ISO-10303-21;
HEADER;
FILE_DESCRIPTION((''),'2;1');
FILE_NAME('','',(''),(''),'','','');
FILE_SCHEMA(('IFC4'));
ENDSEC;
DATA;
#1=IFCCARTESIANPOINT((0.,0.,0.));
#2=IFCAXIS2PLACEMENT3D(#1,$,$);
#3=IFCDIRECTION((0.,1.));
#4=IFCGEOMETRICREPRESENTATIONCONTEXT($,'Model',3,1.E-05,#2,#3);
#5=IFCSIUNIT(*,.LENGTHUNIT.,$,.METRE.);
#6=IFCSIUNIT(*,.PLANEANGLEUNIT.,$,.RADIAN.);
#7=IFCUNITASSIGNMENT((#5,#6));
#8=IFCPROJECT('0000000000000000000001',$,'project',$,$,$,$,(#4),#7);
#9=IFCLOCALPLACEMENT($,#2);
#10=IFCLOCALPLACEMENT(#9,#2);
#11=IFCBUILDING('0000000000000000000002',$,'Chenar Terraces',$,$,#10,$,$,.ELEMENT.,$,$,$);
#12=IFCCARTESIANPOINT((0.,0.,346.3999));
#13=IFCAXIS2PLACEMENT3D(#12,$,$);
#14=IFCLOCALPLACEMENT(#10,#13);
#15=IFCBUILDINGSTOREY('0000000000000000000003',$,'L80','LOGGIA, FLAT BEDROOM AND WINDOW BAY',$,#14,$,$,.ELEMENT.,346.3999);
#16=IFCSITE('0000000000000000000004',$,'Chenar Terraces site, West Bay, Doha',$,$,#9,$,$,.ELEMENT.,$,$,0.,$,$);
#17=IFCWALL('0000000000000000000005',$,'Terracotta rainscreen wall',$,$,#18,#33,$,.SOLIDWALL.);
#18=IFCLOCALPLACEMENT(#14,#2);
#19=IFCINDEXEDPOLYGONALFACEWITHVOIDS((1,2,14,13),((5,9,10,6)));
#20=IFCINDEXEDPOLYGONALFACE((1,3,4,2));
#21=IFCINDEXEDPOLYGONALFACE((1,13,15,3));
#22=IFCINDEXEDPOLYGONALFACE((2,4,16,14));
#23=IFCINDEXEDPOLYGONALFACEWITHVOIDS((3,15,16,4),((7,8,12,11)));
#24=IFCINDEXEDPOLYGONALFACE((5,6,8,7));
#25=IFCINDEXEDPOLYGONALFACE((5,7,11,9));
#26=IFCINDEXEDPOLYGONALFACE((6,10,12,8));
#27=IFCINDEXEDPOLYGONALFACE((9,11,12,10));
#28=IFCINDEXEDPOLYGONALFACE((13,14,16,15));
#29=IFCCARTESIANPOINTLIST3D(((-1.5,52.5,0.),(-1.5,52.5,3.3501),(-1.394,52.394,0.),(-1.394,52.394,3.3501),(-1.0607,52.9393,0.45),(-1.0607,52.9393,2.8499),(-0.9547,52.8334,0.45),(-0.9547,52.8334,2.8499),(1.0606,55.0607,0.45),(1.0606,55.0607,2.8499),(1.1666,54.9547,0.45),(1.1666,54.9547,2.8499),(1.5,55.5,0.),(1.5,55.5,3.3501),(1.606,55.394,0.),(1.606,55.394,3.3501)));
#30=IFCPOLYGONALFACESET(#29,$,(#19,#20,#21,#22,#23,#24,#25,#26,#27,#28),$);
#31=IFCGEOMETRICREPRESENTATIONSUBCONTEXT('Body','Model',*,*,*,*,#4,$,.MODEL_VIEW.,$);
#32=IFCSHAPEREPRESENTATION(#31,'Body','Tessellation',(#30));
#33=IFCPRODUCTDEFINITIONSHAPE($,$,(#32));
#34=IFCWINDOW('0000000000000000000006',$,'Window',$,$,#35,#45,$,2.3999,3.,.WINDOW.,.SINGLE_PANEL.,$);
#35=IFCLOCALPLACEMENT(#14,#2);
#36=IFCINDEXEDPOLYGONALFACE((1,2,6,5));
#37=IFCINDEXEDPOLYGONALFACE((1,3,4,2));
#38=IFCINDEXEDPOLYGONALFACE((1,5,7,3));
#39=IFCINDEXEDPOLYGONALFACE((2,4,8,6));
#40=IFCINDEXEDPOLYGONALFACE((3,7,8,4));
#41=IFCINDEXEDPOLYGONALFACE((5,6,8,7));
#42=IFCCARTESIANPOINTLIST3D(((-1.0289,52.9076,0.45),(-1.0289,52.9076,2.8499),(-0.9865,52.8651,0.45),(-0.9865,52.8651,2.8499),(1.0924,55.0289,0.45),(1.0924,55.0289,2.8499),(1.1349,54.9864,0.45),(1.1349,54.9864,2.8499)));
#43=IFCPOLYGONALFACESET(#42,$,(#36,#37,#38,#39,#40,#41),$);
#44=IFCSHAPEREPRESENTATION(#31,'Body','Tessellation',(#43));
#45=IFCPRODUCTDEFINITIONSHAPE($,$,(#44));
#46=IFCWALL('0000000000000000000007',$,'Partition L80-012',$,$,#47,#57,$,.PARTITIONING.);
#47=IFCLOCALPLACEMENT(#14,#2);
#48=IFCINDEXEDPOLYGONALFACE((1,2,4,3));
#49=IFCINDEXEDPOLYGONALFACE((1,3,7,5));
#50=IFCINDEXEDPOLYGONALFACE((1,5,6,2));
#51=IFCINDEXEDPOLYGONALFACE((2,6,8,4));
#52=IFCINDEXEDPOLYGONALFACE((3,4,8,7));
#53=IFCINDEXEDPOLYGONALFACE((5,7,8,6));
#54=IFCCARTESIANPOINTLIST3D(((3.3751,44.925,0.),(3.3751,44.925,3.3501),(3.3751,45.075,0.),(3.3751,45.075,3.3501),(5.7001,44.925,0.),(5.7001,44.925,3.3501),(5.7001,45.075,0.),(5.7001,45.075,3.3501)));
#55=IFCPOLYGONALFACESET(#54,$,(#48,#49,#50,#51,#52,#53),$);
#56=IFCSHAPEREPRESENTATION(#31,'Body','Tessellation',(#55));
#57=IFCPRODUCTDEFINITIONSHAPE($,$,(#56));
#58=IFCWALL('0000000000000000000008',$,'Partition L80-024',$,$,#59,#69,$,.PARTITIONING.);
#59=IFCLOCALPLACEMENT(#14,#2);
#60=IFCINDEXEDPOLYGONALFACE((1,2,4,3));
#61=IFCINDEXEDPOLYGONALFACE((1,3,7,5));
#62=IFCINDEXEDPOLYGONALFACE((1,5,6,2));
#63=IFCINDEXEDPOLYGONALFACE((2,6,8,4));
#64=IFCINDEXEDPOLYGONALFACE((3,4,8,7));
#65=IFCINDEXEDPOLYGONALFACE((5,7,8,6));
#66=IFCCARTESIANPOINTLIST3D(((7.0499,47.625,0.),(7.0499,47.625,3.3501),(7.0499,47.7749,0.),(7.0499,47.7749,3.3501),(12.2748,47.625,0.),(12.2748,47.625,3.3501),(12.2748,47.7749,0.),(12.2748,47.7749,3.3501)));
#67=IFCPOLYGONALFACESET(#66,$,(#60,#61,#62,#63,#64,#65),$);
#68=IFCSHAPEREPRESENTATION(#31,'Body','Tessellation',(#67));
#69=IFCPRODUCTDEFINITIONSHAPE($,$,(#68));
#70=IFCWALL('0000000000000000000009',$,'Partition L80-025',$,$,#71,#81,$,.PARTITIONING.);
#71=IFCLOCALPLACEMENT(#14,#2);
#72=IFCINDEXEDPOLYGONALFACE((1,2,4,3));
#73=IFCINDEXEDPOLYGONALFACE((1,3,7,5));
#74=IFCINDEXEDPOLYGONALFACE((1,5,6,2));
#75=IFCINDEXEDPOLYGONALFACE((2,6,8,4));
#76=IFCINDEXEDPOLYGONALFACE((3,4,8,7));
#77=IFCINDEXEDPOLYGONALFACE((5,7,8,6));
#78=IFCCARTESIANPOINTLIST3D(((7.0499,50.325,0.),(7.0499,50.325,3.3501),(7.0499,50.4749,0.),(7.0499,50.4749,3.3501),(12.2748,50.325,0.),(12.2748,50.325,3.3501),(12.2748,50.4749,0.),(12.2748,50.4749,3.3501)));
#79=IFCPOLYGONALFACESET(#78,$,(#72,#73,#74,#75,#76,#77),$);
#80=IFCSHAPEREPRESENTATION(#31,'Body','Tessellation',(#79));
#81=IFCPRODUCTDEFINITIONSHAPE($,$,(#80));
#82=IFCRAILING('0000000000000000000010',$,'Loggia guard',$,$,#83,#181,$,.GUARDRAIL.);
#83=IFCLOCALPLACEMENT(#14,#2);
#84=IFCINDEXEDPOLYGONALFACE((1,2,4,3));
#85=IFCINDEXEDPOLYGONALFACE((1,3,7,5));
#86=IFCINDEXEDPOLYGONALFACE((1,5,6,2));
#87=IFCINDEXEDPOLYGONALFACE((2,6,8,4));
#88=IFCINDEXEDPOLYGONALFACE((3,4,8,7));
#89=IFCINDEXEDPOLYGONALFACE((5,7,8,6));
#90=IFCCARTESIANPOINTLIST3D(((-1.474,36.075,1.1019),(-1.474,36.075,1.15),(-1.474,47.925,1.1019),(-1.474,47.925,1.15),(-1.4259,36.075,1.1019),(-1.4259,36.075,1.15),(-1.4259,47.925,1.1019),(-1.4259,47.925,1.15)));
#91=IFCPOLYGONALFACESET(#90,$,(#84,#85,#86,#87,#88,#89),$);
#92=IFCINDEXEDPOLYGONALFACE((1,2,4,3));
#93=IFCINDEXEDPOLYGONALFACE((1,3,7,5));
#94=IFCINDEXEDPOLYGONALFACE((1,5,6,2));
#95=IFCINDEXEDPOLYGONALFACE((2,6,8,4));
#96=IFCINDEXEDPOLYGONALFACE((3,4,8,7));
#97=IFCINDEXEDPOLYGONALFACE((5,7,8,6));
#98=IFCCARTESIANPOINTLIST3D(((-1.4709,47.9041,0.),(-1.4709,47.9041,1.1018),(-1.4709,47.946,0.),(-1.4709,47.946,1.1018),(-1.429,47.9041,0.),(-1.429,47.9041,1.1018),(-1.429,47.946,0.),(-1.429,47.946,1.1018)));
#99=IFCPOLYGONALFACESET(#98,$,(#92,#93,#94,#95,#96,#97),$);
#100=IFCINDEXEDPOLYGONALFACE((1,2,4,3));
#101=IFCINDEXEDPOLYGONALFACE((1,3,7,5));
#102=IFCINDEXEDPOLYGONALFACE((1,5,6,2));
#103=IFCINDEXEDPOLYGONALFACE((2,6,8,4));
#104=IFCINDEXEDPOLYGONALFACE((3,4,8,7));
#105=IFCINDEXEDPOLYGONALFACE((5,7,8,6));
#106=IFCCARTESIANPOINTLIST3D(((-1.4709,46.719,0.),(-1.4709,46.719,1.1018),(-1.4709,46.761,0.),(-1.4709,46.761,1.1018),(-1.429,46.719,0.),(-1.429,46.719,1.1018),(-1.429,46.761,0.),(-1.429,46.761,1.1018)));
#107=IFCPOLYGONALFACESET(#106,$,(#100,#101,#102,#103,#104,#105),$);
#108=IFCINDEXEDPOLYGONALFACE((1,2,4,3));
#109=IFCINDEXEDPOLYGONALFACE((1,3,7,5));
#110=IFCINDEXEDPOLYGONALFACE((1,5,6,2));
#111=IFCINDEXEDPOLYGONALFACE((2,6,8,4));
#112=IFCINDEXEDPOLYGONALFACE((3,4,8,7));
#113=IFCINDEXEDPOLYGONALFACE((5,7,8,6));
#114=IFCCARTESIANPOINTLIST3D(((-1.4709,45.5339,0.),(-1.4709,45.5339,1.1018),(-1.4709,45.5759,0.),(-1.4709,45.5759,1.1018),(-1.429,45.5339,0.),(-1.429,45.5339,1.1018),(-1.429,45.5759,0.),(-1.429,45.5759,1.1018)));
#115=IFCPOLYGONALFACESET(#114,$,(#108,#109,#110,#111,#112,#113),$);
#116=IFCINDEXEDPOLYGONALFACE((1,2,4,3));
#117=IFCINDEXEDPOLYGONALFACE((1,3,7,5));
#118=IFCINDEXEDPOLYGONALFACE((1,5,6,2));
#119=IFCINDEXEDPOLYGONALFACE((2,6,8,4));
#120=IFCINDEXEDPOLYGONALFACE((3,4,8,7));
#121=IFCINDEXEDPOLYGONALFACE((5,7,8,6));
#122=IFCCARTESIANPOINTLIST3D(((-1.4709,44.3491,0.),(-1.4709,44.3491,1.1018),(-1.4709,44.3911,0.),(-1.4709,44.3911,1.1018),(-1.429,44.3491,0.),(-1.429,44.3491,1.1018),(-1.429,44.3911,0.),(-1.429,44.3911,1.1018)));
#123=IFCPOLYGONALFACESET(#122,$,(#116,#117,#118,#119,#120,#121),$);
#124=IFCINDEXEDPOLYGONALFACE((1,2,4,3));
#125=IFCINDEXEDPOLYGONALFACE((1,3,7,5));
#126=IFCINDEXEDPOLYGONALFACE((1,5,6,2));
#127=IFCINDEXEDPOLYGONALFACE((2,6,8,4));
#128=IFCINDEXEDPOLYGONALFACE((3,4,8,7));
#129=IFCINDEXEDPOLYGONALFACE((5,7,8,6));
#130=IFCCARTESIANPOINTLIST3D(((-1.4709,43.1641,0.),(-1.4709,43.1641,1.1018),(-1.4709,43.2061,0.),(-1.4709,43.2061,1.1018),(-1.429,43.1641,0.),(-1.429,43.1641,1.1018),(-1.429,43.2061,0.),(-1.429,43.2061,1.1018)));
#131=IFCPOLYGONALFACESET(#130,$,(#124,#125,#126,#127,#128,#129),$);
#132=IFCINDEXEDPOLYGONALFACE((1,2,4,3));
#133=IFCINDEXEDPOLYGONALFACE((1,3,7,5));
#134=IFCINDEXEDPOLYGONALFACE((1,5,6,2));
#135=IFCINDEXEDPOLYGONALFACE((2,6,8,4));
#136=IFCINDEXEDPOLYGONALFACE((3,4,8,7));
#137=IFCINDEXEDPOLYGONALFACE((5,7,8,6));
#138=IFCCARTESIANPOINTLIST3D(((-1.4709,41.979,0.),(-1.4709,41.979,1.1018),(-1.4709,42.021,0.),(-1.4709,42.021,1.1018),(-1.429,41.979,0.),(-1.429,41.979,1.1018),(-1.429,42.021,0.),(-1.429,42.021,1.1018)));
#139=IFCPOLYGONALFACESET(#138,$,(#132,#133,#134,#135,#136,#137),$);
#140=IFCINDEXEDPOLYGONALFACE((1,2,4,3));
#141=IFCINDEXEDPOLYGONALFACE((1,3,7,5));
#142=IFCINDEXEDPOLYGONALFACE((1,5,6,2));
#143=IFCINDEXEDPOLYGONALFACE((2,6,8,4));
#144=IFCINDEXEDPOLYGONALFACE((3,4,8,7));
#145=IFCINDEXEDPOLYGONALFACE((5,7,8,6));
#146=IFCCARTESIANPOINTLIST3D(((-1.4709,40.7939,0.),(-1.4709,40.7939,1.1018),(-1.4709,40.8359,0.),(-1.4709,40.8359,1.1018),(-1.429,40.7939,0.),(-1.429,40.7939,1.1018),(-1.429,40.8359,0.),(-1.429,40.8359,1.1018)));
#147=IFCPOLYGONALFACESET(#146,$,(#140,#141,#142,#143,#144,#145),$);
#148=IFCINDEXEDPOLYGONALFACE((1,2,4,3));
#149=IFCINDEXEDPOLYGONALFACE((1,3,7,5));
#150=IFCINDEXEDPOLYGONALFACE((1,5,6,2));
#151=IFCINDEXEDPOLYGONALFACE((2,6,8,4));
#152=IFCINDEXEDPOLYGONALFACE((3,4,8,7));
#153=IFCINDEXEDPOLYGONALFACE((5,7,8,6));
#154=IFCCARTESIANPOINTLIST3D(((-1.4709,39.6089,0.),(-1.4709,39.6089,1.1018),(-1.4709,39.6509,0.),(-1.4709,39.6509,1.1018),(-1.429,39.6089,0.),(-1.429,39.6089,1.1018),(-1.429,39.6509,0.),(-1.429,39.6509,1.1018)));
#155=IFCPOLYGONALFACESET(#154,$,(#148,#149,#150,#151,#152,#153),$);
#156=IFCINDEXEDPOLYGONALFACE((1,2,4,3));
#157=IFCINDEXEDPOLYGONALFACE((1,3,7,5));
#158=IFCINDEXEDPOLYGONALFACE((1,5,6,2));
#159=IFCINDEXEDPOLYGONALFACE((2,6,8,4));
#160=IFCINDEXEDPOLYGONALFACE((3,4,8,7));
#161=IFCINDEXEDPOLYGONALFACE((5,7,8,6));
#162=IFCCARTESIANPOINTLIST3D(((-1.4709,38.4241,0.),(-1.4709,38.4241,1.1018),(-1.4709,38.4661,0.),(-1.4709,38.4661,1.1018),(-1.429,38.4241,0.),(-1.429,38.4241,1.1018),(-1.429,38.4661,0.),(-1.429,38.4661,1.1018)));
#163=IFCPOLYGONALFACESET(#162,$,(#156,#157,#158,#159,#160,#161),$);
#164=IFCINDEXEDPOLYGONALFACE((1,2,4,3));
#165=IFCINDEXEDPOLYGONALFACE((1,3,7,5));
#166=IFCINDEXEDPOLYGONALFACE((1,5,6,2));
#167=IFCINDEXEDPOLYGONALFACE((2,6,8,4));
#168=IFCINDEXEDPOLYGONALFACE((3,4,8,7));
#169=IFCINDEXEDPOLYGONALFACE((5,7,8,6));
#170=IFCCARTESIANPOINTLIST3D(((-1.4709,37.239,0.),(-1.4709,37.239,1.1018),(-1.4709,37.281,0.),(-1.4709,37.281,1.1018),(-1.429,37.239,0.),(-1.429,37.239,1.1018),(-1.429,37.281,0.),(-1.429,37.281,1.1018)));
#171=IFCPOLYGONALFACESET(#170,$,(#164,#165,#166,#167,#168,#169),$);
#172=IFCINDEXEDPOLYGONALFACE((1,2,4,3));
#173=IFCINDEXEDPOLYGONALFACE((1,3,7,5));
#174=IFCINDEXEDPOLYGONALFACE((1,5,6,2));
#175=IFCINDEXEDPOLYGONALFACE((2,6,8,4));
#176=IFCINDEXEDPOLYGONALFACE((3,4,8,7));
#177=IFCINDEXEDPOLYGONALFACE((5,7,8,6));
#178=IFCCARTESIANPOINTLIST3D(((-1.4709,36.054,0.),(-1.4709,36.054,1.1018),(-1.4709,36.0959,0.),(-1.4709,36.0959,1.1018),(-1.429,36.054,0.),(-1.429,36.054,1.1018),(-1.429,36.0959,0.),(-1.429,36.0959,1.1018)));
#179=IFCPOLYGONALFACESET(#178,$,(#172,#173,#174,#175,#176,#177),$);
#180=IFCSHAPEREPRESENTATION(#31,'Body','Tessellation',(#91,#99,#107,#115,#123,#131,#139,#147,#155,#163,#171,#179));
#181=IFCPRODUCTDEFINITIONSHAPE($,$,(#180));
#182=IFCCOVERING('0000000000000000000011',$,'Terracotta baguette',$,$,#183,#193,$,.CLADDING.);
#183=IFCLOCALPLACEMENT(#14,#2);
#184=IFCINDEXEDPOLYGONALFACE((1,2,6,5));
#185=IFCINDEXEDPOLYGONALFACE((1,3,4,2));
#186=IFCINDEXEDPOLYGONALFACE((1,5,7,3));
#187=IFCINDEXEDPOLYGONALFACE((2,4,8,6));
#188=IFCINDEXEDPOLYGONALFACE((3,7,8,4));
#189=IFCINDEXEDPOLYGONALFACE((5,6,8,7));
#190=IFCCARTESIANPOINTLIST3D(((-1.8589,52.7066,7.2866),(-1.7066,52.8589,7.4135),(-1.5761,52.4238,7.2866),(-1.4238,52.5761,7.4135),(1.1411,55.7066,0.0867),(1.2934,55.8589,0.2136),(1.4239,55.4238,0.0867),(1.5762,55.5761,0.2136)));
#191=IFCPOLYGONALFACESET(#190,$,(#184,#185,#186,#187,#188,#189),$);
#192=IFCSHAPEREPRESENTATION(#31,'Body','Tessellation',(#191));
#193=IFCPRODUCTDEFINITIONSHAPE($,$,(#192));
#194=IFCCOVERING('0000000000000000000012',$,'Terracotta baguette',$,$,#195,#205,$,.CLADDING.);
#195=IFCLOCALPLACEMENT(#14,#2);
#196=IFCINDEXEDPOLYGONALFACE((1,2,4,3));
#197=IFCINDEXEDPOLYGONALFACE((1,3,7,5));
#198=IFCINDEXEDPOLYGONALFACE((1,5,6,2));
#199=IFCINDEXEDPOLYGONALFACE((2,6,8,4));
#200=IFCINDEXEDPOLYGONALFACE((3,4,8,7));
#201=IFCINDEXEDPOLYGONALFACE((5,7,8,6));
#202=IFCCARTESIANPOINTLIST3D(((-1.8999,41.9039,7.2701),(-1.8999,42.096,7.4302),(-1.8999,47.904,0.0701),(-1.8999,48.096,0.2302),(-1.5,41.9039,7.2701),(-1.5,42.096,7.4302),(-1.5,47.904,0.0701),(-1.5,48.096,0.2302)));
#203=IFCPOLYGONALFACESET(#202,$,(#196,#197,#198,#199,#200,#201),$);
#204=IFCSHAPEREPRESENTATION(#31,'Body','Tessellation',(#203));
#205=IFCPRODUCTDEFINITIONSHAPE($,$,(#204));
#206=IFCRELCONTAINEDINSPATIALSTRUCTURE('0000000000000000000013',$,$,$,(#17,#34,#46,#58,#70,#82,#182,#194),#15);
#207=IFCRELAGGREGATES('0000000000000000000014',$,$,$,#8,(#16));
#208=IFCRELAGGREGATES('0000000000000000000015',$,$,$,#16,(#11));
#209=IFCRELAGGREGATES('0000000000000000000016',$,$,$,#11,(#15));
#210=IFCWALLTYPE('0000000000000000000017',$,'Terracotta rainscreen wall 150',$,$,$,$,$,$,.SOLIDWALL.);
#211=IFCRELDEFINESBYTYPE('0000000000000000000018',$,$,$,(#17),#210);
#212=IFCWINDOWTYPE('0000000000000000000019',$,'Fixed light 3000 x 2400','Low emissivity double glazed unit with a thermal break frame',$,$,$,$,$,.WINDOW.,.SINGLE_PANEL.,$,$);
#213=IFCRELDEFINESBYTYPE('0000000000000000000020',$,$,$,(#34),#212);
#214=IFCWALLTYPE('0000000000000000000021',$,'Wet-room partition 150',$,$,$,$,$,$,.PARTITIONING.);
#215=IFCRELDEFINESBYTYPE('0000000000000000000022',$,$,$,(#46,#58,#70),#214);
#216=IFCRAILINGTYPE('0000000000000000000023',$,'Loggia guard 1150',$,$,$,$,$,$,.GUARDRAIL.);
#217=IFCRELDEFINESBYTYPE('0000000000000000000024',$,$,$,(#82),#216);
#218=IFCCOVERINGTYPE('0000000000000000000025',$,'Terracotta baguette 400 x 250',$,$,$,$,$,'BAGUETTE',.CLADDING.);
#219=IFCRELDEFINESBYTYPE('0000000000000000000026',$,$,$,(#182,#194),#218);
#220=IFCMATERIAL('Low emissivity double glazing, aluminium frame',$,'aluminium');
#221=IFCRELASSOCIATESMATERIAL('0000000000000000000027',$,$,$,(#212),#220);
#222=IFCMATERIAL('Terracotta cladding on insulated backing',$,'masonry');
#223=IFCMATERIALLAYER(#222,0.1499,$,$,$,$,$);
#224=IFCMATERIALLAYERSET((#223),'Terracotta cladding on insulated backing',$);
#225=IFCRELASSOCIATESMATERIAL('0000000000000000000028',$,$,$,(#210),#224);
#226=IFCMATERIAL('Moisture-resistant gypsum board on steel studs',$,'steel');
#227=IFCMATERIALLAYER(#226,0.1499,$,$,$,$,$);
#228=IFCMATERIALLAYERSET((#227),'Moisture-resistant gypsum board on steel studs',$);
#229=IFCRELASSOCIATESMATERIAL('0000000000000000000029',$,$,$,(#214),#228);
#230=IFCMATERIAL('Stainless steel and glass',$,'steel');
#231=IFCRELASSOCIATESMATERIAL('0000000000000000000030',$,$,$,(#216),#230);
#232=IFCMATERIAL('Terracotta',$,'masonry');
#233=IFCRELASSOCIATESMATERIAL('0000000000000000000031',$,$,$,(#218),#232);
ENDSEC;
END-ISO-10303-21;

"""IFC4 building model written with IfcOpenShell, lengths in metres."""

from ifc_helpers import new_model, si_unit, direction, frame, frame_2d, origin, origin_2d, place, context, subcontext, project, spatial, rectangle, extrude, material, layer, layer_set, material_profile, profile_set, type_object, element, fill, save


model = new_model("IFC4")

# Units and contexts
model_context = context("Model", 3, precision=1e-05, world=origin(), true_north=direction((0.0, 1.0)))
body_context = subcontext(model_context, "Body", "Model", "MODEL_VIEW")
ifc_project = project(units=[si_unit("LENGTHUNIT", "METRE"), si_unit("PLANEANGLEUNIT", "RADIAN")], contexts=[model_context])

# Site, building, storey
site_placement = place(None, origin())
site = spatial("IfcSite", under=ifc_project, at=site_placement, Name="Chenar Terraces site, West Bay, Doha", CompositionType="ELEMENT", RefElevation=0.0)
building_placement = place(site_placement, origin())
building = spatial("IfcBuilding", under=site, at=building_placement, Name="Chenar Terraces", CompositionType="ELEMENT")
storey_placement = place(building_placement, frame((0.0, 0.0, 346.3999)))
storey = spatial("IfcBuildingStorey", under=building, at=storey_placement, Name="L80", Description="LOGGIA, FLAT BEDROOM AND WINDOW BAY", CompositionType="ELEMENT", Elevation=346.3999)

# Shared definitions
ifc_material_1 = material(Name="Low emissivity double glazing, aluminium frame", Category="aluminium")
window_type_1 = type_object("IfcWindowType", Name="Fixed light 3000 x 2400", Description="Low emissivity double glazed unit with a thermal break frame", PartitioningType="SINGLE_PANEL", PredefinedType="WINDOW", material=ifc_material_1)

# Wall, opening, window
ifc_material_2 = material(Name="Terracotta cladding on insulated backing", Category="masonry")
ifc_layer_1 = layer(ifc_material_2, 0.1499)
ifc_layer_set_1 = layer_set([ifc_layer_1], Name="Terracotta cladding on insulated backing")
wall_type_1 = type_object("IfcWallType", Name="Terracotta rainscreen wall 150", PredefinedType="SOLIDWALL", material=ifc_layer_set_1)
wall_1_placement = place(storey_placement, frame((1.553, 55.447, 0.0), z_axis=(0.0, 0.0, 1.0), x_axis=(-0.707107, -0.707107, 0.0)))
wall_1 = element("IfcWall", 1, at=wall_1_placement, inside=storey, type_object=wall_type_1, Name="Terracotta rainscreen wall", PredefinedType="SOLIDWALL", context=body_context, shape_type="SweptSolid", body=[
    extrude(rectangle(XDim=4.2427, YDim=0.1499, at=frame_2d((2.1213, 0.0))), origin(), (0.0, 0.0, 1.0), 3.3501),
])
opening_1_placement = place(wall_1_placement, frame((0.6213, 0.0, 0.45)))
opening_1 = element("IfcOpeningElement", 2, at=opening_1_placement, cuts=wall_1, PredefinedType="OPENING", context=body_context, shape_type="SweptSolid", body=[
    extrude(rectangle(XDim=3.0, YDim=2.3999, at=frame_2d((1.5, 1.2))), frame((0.0, 0.085, 0.0), z_axis=(0.0, -1.0, 0.0), x_axis=(1.0, 0.0, 0.0)), (0.0, 0.0, 1.0), 0.1699),
])
window_1_placement = place(opening_1_placement, origin())
window_1 = element("IfcWindow", 3, at=window_1_placement, inside=storey, type_object=window_type_1, Name="Window", OverallHeight=2.3999, OverallWidth=3.0, PartitioningType="SINGLE_PANEL", PredefinedType="WINDOW", context=body_context, shape_type="SweptSolid", body=[
    extrude(rectangle(XDim=3.0, YDim=2.3999, at=frame_2d((1.5, 1.2))), frame((0.0, 0.03, 0.0), z_axis=(0.0, -1.0, 0.0), x_axis=(1.0, 0.0, 0.0)), (0.0, 0.0, 1.0), 0.0601),
])
fill(opening_1, window_1)

# Walls
ifc_material_3 = material(Name="Moisture-resistant gypsum board on steel studs", Category="steel")
ifc_layer_2 = layer(ifc_material_3, 0.1499)
ifc_layer_set_2 = layer_set([ifc_layer_2], Name="Moisture-resistant gypsum board on steel studs")
wall_type_2 = type_object("IfcWallType", Name="Wet-room partition 150", PredefinedType="PARTITIONING", material=ifc_layer_set_2)
wall_2_placement = place(storey_placement, frame((3.375, 45.0, 0.0), z_axis=(0.0, 0.0, 1.0), x_axis=(1.0, 0.0, 0.0)))
element("IfcWall", 4, at=wall_2_placement, inside=storey, type_object=wall_type_2, Name="Partition L80-012", PredefinedType="PARTITIONING", context=body_context, shape_type="SweptSolid", body=[
    extrude(rectangle(XDim=2.325, YDim=0.1499, at=frame_2d((1.1626, 0.0))), origin(), (0.0, 0.0, 1.0), 3.3501),
])
for number, where, z_axis, x_axis, name in (
    (5, (7.05, 47.7, 0.0), (0.0, 0.0, 1.0), (1.0, 0.0, 0.0), "Partition L80-024"),
    (6, (7.05, 50.3999, 0.0), (0.0, 0.0, 1.0), (1.0, 0.0, 0.0), "Partition L80-025"),
):
    element("IfcWall", number, at=place(storey_placement, frame(where, z_axis=z_axis, x_axis=x_axis)), inside=storey, type_object=wall_type_2, Name=name, PredefinedType="PARTITIONING", context=body_context, shape_type="SweptSolid", body=[
        extrude(rectangle(XDim=5.2249, YDim=0.1499, at=frame_2d((2.6123, 0.0))), origin(), (0.0, 0.0, 1.0), 3.3501),
    ])

# Railing
ifc_material_4 = material(Name="Stainless steel and glass", Category="steel")
railing_type = type_object("IfcRailingType", Name="Loggia guard 1150", PredefinedType="GUARDRAIL", material=ifc_material_4)
railing_placement = place(storey_placement, frame((-1.45, 47.925, 0.0)))
element("IfcRailing", 7, at=railing_placement, inside=storey, type_object=railing_type, Name="Loggia guard", PredefinedType="GUARDRAIL", context=body_context, shape_type="SweptSolid", body=[
    extrude(rectangle(XDim=0.0481, YDim=0.0481, at=origin_2d()), frame((0.0, 0.0, 1.126), z_axis=(0.0, -1.0, 0.0), x_axis=(1.0, 0.0, 0.0)), (0.0, 0.0, 1.0), 11.8501),
    extrude(rectangle(XDim=0.042, YDim=0.042, at=origin_2d()), origin(), (0.0, 0.0, 1.0), 1.1018),
    extrude(rectangle(XDim=0.042, YDim=0.042, at=origin_2d()), frame((0.0, -1.1851, 0.0)), (0.0, 0.0, 1.0), 1.1018),
    extrude(rectangle(XDim=0.042, YDim=0.042, at=origin_2d()), frame((0.0, -2.3701, 0.0)), (0.0, 0.0, 1.0), 1.1018),
    extrude(rectangle(XDim=0.042, YDim=0.042, at=origin_2d()), frame((0.0, -3.5549, 0.0)), (0.0, 0.0, 1.0), 1.1018),
    extrude(rectangle(XDim=0.042, YDim=0.042, at=origin_2d()), frame((0.0, -4.74, 0.0)), (0.0, 0.0, 1.0), 1.1018),
    extrude(rectangle(XDim=0.042, YDim=0.042, at=origin_2d()), frame((0.0, -5.925, 0.0)), (0.0, 0.0, 1.0), 1.1018),
    extrude(rectangle(XDim=0.042, YDim=0.042, at=origin_2d()), frame((0.0, -7.1101, 0.0)), (0.0, 0.0, 1.0), 1.1018),
    extrude(rectangle(XDim=0.042, YDim=0.042, at=origin_2d()), frame((0.0, -8.2952, 0.0)), (0.0, 0.0, 1.0), 1.1018),
    extrude(rectangle(XDim=0.042, YDim=0.042, at=origin_2d()), frame((0.0, -9.48, 0.0)), (0.0, 0.0, 1.0), 1.1018),
    extrude(rectangle(XDim=0.042, YDim=0.042, at=origin_2d()), frame((0.0, -10.665, 0.0)), (0.0, 0.0, 1.0), 1.1018),
    extrude(rectangle(XDim=0.042, YDim=0.042, at=origin_2d()), frame((0.0, -11.8501, 0.0)), (0.0, 0.0, 1.0), 1.1018),
])

# Coverings
ifc_material_5 = material(Name="Terracotta", Category="masonry")
ifc_material_profile_1 = material_profile(ifc_material_5, rectangle(XDim=0.3999, YDim=0.25, at=origin_2d()), Name="Terracotta baguette 400 x 250")
ifc_profile_set_1 = profile_set([ifc_material_profile_1], Name="Terracotta")
covering_type = type_object("IfcCoveringType", Name="Terracotta baguette 400 x 250", ElementType="BAGUETTE", PredefinedType="CLADDING", material=ifc_profile_set_1)
covering_1_placement = place(storey_placement, frame((1.3586, 55.6414, 0.1501), z_axis=(-0.358981, -0.358981, 0.861548), x_axis=(0.707107, -0.707107, 0.0)))
element("IfcCovering", 8, at=covering_1_placement, inside=storey, type_object=covering_type, Name="Terracotta baguette", PredefinedType="CLADDING", context=body_context, shape_type="SweptSolid", body=[
    extrude(rectangle(XDim=0.3999, YDim=0.25, at=origin_2d()), origin(), (0.0, 0.0, 1.0), 8.3569),
])
covering_2_placement = place(storey_placement, frame((-1.7, 48.0, 0.1501), z_axis=(0.0, -0.640187, 0.768219), x_axis=(1.0, 0.0, 0.0)))
element("IfcCovering", 9, at=covering_2_placement, inside=storey, type_object=covering_type, Name="Terracotta baguette", PredefinedType="CLADDING", context=body_context, shape_type="SweptSolid", body=[
    extrude(rectangle(XDim=0.3999, YDim=0.25, at=origin_2d()), origin(), (0.0, 0.0, 1.0), 9.3723),
])

save(model, "model.ifc")
